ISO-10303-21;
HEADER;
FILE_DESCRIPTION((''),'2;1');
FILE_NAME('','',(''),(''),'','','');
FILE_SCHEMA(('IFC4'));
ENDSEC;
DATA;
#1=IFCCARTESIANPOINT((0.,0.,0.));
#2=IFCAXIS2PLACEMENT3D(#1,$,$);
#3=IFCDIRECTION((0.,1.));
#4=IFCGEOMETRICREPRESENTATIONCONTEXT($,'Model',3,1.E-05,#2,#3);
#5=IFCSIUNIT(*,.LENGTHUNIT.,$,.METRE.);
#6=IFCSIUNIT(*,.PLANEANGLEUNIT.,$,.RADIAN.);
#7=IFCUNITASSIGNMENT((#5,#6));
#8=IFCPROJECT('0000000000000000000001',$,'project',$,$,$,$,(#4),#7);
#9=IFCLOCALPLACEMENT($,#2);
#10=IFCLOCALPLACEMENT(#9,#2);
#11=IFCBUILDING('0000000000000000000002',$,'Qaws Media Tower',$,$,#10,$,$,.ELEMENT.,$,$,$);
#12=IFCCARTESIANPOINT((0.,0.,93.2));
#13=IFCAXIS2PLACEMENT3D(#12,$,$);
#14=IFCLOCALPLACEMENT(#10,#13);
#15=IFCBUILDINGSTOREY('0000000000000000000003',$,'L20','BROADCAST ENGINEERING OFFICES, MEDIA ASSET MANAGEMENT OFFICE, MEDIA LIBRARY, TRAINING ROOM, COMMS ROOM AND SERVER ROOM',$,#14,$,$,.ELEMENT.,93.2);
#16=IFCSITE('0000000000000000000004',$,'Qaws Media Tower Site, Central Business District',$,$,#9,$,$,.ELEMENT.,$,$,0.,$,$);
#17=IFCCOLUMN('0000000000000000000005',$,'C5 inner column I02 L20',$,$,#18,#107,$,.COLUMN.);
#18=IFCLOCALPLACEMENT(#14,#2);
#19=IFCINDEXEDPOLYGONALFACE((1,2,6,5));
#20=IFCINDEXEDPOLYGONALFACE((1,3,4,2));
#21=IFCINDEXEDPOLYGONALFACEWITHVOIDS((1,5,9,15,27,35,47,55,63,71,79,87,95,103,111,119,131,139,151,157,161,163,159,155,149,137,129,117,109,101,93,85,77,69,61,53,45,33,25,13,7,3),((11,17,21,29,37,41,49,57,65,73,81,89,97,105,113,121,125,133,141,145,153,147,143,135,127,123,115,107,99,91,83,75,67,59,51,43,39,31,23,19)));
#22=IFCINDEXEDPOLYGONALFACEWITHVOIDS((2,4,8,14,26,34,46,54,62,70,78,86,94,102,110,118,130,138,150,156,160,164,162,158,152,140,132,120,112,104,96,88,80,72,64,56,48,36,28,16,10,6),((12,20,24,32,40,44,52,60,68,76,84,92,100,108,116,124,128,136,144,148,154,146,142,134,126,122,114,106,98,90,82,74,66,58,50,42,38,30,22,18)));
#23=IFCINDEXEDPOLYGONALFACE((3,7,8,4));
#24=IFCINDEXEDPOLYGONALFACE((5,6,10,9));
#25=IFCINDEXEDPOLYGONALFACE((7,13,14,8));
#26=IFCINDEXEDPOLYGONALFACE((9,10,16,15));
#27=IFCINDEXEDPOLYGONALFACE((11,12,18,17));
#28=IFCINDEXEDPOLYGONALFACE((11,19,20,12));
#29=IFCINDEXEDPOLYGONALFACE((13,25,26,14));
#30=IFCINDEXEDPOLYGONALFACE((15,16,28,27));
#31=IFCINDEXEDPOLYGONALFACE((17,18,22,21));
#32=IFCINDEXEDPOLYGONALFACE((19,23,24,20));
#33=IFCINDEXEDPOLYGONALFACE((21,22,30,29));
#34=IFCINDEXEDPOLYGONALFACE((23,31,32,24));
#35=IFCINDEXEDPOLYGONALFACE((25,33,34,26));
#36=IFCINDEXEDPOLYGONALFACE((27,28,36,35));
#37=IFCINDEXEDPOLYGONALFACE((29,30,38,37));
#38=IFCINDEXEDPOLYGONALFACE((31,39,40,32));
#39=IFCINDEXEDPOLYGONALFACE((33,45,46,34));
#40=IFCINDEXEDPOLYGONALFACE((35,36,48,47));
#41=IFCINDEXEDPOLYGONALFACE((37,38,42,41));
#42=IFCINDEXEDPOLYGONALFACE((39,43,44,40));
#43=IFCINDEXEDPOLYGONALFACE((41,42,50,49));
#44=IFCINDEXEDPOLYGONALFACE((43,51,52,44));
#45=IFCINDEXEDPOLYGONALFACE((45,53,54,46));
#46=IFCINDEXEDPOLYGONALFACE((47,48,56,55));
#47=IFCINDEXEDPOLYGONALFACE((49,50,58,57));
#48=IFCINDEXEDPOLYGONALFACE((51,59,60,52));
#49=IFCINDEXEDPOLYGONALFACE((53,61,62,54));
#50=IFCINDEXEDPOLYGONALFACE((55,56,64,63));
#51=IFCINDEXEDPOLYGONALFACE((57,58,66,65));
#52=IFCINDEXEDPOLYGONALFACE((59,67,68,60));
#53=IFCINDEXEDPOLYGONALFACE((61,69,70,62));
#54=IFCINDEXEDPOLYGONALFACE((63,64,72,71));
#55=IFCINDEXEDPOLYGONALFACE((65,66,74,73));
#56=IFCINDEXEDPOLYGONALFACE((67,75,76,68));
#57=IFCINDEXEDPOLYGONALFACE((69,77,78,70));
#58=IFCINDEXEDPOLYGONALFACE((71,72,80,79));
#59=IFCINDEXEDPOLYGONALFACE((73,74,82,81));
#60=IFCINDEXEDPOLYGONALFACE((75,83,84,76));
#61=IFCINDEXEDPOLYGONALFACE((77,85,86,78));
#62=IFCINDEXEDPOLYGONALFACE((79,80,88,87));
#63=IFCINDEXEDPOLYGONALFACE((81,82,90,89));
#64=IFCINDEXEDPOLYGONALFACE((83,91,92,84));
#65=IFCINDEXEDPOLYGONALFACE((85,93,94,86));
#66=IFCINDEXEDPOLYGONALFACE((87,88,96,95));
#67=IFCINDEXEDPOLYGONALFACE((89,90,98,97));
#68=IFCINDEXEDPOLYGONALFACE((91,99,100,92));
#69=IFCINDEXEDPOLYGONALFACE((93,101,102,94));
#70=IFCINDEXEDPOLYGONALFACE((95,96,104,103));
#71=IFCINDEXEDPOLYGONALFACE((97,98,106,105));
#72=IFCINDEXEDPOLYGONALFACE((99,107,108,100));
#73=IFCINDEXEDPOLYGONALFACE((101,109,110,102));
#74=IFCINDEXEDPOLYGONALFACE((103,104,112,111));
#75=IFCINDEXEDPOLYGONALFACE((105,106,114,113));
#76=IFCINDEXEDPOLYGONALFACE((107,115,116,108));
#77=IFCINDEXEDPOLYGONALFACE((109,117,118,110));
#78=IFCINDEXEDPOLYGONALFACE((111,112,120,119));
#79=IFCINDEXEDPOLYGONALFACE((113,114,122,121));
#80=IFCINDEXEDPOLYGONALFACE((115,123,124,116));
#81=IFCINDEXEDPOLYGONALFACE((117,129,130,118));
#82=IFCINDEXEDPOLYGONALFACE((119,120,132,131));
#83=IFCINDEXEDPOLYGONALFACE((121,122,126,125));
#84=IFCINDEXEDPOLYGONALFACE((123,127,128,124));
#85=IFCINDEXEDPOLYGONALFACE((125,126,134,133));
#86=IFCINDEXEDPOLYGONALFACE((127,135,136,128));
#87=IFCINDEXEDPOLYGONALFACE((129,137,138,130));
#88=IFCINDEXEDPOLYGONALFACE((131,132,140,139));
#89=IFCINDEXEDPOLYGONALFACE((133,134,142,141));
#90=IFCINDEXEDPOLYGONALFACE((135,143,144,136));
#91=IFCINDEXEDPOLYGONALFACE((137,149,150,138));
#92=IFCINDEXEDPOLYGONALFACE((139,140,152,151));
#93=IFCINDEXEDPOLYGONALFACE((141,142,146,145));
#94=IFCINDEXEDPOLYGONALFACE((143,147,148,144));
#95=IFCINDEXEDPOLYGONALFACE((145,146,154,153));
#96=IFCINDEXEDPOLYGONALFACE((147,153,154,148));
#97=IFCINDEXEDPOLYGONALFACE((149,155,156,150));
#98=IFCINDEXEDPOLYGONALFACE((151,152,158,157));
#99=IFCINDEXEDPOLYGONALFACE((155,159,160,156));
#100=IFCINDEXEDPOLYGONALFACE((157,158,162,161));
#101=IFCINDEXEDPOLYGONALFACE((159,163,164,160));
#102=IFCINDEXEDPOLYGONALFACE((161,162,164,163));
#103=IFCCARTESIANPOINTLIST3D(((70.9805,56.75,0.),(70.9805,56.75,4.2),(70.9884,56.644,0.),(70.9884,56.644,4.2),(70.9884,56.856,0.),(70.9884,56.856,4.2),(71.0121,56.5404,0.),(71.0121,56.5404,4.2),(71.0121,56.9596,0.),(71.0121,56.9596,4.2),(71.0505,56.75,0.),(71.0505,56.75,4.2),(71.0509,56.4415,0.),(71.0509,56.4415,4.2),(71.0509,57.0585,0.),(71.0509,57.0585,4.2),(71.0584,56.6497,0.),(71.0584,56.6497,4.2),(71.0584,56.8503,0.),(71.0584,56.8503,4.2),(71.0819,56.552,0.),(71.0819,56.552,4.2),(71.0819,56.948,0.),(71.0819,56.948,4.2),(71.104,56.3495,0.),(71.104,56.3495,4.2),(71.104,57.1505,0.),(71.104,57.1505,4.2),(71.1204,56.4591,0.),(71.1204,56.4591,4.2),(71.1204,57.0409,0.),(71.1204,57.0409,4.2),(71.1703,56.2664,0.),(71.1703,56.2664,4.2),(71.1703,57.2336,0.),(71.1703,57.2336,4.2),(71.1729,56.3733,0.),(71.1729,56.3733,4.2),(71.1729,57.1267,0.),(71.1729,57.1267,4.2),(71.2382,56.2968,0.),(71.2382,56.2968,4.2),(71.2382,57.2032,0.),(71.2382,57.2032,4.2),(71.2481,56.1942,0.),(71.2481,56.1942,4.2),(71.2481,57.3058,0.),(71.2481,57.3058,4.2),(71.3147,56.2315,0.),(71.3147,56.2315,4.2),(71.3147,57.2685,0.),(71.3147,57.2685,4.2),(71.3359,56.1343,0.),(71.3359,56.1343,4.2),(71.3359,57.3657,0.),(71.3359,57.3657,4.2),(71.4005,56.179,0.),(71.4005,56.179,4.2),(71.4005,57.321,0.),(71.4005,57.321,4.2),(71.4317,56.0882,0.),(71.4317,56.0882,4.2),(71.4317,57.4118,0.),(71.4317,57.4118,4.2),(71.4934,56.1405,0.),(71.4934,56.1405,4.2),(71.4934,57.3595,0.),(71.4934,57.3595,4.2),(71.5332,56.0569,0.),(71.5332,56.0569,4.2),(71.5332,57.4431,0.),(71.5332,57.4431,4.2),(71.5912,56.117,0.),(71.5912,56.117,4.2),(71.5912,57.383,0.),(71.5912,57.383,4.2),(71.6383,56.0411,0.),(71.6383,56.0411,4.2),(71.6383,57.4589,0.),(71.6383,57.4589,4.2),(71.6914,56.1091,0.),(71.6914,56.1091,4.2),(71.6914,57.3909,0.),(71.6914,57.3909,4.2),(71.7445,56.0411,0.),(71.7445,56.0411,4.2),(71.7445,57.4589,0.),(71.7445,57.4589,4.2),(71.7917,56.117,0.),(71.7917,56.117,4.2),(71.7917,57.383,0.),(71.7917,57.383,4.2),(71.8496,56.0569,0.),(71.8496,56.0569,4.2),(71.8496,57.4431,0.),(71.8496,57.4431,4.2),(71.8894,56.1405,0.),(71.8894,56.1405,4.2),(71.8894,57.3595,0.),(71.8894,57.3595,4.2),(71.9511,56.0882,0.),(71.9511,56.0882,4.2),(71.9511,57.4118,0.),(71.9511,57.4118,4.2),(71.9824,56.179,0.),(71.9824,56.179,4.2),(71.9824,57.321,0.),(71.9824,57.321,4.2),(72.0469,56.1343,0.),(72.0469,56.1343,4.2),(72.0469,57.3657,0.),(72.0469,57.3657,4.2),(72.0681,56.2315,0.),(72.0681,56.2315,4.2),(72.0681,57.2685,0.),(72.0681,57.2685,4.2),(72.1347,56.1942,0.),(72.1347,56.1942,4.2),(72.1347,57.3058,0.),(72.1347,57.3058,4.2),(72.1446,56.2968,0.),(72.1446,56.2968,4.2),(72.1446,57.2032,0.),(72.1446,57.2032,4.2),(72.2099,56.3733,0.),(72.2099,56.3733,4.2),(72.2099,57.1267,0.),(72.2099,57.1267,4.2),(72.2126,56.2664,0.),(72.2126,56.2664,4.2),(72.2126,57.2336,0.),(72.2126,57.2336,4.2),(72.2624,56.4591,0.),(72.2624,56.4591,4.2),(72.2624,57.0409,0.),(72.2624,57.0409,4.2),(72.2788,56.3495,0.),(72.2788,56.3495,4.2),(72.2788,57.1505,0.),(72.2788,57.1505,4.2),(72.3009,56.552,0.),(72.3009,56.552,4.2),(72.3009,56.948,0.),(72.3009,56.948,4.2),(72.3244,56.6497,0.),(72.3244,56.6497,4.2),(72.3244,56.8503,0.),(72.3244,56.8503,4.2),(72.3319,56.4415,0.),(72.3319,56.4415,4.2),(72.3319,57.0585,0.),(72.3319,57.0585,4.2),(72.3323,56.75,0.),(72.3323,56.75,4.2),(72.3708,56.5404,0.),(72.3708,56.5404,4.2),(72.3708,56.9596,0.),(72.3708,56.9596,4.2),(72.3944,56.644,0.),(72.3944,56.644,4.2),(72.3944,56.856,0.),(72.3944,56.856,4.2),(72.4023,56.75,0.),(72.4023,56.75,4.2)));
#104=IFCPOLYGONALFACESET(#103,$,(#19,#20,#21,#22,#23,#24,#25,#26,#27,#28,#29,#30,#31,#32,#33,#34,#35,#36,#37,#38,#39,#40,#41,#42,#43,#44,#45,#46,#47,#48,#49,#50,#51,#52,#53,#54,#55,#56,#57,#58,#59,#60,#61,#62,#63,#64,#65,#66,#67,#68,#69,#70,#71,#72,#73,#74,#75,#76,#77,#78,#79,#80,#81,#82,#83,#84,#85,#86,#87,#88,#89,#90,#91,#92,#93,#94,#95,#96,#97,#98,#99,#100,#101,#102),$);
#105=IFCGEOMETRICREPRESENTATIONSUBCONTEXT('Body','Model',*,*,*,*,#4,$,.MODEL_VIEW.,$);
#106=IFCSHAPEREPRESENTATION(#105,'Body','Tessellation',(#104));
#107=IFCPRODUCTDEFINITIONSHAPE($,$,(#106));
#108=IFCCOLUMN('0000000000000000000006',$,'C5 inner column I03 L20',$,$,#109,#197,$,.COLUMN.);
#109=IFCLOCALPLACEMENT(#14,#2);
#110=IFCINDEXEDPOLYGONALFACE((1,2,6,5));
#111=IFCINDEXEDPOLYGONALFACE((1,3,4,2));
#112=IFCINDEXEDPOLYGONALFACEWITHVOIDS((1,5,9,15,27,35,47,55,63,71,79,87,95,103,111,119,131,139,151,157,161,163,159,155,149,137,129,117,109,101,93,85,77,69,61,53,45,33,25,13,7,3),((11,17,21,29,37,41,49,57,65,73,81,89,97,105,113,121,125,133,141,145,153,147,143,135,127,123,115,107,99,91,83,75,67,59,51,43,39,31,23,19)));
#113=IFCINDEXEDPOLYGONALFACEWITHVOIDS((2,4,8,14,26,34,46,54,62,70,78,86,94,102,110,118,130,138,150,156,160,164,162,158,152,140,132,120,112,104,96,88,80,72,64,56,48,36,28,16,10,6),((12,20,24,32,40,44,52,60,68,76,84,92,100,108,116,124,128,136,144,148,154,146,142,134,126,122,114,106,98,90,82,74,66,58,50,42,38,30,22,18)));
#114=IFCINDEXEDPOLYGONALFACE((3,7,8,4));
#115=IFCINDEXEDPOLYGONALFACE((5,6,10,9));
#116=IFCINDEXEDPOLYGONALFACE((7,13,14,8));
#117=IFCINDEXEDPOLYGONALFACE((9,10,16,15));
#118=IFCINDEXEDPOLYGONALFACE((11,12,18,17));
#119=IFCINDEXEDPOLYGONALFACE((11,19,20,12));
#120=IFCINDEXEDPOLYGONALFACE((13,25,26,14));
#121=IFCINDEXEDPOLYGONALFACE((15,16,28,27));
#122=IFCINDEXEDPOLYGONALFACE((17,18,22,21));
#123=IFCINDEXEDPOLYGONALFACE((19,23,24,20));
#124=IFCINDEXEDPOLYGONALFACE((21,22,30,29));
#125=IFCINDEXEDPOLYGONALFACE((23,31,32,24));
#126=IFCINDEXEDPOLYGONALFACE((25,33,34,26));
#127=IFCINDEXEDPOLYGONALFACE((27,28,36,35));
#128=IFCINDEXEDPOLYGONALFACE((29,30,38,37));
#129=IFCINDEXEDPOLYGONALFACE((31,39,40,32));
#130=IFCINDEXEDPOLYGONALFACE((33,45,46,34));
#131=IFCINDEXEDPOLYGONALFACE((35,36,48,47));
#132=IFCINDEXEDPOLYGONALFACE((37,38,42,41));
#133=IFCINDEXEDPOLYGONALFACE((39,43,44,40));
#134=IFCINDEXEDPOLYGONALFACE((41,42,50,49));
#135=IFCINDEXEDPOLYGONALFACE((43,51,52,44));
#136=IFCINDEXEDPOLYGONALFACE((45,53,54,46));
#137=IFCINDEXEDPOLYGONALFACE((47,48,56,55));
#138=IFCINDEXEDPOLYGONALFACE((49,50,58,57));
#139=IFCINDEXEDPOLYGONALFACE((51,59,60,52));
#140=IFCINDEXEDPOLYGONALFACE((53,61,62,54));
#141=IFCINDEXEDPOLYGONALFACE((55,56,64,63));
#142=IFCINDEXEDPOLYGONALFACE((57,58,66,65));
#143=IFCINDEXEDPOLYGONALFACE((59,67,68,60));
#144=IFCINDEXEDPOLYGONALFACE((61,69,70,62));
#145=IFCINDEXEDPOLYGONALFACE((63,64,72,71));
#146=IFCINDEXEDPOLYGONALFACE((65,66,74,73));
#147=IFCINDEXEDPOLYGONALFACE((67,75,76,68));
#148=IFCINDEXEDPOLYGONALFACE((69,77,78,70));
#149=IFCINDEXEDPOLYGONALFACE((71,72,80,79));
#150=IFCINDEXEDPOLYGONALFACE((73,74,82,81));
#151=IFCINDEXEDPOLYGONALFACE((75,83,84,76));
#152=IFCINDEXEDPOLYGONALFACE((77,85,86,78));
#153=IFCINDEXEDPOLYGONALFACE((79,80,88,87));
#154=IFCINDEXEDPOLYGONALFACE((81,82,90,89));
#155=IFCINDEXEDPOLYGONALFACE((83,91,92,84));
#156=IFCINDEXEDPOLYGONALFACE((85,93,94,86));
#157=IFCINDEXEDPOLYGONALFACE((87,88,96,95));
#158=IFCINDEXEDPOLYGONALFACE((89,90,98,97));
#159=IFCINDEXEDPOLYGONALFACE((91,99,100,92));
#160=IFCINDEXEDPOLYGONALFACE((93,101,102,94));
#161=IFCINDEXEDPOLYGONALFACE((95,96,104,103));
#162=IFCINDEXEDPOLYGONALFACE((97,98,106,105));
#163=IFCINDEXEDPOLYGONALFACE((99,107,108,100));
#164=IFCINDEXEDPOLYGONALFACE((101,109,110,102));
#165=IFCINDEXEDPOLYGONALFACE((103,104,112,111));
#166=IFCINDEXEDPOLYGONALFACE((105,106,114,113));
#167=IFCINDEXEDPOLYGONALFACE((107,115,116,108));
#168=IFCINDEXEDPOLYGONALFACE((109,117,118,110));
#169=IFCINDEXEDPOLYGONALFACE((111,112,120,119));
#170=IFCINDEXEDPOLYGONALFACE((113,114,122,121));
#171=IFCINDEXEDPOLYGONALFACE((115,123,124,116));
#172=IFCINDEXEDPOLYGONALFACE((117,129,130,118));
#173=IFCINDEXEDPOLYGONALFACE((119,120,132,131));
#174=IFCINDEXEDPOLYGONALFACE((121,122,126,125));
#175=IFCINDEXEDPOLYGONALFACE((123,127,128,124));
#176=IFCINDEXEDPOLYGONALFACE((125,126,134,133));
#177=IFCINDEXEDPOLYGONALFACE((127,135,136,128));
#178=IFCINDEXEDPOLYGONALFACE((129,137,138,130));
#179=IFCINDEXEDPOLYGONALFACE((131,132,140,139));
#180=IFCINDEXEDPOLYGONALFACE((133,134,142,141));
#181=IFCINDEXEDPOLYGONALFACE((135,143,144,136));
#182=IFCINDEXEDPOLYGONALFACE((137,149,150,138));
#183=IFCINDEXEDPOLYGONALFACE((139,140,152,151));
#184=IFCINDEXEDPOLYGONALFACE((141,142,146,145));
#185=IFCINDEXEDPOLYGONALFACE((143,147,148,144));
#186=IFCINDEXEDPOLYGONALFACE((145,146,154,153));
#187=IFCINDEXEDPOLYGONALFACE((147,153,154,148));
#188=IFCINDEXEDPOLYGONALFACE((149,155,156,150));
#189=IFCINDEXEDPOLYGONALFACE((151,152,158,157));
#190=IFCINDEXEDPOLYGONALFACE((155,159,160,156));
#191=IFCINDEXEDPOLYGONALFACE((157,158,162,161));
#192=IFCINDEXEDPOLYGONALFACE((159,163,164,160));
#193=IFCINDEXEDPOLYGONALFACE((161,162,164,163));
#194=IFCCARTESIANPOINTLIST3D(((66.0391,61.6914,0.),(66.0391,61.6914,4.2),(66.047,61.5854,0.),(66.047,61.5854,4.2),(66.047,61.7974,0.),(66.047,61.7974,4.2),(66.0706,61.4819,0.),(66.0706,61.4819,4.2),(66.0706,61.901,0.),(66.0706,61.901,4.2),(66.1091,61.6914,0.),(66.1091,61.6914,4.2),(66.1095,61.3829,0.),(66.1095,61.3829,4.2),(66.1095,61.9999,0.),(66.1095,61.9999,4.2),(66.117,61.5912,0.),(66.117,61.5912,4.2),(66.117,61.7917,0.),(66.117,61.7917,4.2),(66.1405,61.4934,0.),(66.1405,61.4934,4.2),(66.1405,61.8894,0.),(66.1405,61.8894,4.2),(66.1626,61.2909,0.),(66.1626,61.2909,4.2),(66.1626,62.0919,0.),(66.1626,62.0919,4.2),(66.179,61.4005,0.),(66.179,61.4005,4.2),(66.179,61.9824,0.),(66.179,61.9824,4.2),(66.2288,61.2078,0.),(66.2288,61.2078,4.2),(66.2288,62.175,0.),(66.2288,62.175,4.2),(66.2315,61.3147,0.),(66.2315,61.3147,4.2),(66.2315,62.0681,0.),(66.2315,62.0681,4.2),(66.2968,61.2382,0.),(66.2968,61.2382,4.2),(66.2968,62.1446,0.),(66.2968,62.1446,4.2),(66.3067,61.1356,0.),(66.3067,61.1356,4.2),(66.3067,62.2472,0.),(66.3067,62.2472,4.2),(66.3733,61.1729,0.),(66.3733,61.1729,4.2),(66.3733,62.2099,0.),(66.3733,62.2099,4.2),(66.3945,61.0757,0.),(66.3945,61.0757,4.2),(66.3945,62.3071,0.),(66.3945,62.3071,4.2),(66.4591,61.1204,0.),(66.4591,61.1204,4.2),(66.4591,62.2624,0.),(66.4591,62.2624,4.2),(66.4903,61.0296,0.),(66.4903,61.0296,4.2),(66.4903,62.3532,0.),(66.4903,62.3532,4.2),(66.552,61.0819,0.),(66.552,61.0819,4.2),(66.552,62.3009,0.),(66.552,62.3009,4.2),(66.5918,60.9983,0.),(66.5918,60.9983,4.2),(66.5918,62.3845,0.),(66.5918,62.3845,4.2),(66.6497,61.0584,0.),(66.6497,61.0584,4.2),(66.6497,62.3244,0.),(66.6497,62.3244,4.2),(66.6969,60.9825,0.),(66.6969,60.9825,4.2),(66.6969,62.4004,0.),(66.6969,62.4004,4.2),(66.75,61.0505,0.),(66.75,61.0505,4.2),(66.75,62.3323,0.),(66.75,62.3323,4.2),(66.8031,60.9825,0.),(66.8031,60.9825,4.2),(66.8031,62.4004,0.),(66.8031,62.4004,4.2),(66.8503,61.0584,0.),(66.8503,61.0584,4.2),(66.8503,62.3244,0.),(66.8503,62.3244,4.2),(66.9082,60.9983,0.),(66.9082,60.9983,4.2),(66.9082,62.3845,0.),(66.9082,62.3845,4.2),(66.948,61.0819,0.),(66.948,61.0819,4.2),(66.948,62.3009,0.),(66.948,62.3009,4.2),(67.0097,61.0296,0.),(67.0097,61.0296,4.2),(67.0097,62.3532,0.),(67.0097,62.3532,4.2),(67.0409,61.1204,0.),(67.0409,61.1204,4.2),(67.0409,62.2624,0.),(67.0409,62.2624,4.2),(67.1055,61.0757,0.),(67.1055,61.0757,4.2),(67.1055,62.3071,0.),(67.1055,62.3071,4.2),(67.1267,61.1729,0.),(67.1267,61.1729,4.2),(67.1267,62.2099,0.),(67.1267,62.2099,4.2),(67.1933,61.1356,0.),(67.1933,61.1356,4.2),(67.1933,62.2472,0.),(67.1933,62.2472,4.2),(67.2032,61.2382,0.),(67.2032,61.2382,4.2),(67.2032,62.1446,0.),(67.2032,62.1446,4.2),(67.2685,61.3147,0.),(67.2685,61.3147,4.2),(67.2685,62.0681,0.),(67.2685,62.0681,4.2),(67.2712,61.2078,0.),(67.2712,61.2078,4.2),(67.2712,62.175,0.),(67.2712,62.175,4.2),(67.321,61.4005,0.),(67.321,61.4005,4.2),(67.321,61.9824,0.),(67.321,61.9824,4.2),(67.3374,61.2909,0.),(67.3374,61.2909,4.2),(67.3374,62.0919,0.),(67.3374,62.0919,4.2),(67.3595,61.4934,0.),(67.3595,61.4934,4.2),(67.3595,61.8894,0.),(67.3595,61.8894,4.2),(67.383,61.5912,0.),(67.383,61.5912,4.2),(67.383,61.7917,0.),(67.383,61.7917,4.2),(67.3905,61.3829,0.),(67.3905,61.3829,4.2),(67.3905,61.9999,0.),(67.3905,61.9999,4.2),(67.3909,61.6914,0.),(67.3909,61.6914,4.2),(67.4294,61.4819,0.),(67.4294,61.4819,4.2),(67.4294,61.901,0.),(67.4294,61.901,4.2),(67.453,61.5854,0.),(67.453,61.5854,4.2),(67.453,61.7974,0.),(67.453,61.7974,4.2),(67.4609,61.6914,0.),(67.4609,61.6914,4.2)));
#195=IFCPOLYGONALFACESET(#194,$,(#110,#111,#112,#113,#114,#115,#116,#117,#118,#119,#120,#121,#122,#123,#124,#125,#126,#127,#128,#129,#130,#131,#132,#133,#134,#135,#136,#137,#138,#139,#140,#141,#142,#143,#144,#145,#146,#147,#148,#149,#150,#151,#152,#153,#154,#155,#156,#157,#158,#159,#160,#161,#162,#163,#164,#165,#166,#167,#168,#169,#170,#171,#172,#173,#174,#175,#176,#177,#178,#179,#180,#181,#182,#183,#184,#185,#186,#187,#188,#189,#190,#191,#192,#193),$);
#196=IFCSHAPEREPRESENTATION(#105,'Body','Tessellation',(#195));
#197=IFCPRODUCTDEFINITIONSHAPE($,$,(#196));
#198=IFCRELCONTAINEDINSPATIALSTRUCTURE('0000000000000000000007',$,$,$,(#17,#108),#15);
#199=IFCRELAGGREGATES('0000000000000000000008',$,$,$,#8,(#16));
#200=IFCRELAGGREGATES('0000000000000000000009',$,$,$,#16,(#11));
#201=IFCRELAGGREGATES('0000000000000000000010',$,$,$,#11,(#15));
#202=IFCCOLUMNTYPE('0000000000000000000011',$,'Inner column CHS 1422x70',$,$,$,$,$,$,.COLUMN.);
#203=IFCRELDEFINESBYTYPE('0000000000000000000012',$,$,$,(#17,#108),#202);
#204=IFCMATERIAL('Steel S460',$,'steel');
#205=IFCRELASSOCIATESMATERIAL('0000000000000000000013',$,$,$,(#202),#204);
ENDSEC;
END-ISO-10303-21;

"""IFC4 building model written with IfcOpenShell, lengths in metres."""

from ifc_helpers import new_model, si_unit, direction, frame, origin, origin_2d, place, context, subcontext, project, spatial, hollow_circle, extrude, material, material_profile, profile_set, type_object, element, save


model = new_model("IFC4")

# Units and contexts
model_context = context("Model", 3, precision=1e-05, world=origin(), true_north=direction((0.0, 1.0)))
body_context = subcontext(model_context, "Body", "Model", "MODEL_VIEW")
ifc_project = project(units=[si_unit("LENGTHUNIT", "METRE"), si_unit("PLANEANGLEUNIT", "RADIAN")], contexts=[model_context])

# Site, building, storey
site_placement = place(None, origin())
site = spatial("IfcSite", under=ifc_project, at=site_placement, Name="Qaws Media Tower Site, Central Business District", CompositionType="ELEMENT", RefElevation=0.0)
building_placement = place(site_placement, origin())
building = spatial("IfcBuilding", under=site, at=building_placement, Name="Qaws Media Tower", CompositionType="ELEMENT")
storey_placement = place(building_placement, frame((0.0, 0.0, 93.2)))
storey = spatial("IfcBuildingStorey", under=building, at=storey_placement, Name="L20", Description="BROADCAST ENGINEERING OFFICES, MEDIA ASSET MANAGEMENT OFFICE, MEDIA LIBRARY, TRAINING ROOM, COMMS ROOM AND SERVER ROOM", CompositionType="ELEMENT", Elevation=93.2)

# Columns
ifc_material_1 = material(Name="Steel S460", Category="steel")
ifc_material_profile_1 = material_profile(ifc_material_1, hollow_circle(Radius=0.7109, WallThickness=0.0701, at=origin_2d()), Name="CHS 1422x70")
ifc_profile_set_1 = profile_set([ifc_material_profile_1], Name="Steel S460")
column_type = type_object("IfcColumnType", Name="Inner column CHS 1422x70", PredefinedType="COLUMN", material=ifc_profile_set_1)
for number, where, z_axis, x_axis, name in (
    (1, (71.6914, 56.75, 0.0), (0.0, 0.0, 1.0), (1.0, 0.0, 0.0), "C5 inner column I02 L20"),
    (2, (66.75, 61.6914, 0.0), (0.0, 0.0, 1.0), (1.0, 0.0, 0.0), "C5 inner column I03 L20"),
):
    element("IfcColumn", number, at=place(storey_placement, frame(where, z_axis=z_axis, x_axis=x_axis)), inside=storey, type_object=column_type, Name=name, PredefinedType="COLUMN", context=body_context, shape_type="SweptSolid", body=[
        extrude(hollow_circle(Radius=0.7109, WallThickness=0.0701, at=origin_2d()), origin(), (0.0, 0.0, 1.0), 4.2),
    ])

save(model, "model.ifc")
